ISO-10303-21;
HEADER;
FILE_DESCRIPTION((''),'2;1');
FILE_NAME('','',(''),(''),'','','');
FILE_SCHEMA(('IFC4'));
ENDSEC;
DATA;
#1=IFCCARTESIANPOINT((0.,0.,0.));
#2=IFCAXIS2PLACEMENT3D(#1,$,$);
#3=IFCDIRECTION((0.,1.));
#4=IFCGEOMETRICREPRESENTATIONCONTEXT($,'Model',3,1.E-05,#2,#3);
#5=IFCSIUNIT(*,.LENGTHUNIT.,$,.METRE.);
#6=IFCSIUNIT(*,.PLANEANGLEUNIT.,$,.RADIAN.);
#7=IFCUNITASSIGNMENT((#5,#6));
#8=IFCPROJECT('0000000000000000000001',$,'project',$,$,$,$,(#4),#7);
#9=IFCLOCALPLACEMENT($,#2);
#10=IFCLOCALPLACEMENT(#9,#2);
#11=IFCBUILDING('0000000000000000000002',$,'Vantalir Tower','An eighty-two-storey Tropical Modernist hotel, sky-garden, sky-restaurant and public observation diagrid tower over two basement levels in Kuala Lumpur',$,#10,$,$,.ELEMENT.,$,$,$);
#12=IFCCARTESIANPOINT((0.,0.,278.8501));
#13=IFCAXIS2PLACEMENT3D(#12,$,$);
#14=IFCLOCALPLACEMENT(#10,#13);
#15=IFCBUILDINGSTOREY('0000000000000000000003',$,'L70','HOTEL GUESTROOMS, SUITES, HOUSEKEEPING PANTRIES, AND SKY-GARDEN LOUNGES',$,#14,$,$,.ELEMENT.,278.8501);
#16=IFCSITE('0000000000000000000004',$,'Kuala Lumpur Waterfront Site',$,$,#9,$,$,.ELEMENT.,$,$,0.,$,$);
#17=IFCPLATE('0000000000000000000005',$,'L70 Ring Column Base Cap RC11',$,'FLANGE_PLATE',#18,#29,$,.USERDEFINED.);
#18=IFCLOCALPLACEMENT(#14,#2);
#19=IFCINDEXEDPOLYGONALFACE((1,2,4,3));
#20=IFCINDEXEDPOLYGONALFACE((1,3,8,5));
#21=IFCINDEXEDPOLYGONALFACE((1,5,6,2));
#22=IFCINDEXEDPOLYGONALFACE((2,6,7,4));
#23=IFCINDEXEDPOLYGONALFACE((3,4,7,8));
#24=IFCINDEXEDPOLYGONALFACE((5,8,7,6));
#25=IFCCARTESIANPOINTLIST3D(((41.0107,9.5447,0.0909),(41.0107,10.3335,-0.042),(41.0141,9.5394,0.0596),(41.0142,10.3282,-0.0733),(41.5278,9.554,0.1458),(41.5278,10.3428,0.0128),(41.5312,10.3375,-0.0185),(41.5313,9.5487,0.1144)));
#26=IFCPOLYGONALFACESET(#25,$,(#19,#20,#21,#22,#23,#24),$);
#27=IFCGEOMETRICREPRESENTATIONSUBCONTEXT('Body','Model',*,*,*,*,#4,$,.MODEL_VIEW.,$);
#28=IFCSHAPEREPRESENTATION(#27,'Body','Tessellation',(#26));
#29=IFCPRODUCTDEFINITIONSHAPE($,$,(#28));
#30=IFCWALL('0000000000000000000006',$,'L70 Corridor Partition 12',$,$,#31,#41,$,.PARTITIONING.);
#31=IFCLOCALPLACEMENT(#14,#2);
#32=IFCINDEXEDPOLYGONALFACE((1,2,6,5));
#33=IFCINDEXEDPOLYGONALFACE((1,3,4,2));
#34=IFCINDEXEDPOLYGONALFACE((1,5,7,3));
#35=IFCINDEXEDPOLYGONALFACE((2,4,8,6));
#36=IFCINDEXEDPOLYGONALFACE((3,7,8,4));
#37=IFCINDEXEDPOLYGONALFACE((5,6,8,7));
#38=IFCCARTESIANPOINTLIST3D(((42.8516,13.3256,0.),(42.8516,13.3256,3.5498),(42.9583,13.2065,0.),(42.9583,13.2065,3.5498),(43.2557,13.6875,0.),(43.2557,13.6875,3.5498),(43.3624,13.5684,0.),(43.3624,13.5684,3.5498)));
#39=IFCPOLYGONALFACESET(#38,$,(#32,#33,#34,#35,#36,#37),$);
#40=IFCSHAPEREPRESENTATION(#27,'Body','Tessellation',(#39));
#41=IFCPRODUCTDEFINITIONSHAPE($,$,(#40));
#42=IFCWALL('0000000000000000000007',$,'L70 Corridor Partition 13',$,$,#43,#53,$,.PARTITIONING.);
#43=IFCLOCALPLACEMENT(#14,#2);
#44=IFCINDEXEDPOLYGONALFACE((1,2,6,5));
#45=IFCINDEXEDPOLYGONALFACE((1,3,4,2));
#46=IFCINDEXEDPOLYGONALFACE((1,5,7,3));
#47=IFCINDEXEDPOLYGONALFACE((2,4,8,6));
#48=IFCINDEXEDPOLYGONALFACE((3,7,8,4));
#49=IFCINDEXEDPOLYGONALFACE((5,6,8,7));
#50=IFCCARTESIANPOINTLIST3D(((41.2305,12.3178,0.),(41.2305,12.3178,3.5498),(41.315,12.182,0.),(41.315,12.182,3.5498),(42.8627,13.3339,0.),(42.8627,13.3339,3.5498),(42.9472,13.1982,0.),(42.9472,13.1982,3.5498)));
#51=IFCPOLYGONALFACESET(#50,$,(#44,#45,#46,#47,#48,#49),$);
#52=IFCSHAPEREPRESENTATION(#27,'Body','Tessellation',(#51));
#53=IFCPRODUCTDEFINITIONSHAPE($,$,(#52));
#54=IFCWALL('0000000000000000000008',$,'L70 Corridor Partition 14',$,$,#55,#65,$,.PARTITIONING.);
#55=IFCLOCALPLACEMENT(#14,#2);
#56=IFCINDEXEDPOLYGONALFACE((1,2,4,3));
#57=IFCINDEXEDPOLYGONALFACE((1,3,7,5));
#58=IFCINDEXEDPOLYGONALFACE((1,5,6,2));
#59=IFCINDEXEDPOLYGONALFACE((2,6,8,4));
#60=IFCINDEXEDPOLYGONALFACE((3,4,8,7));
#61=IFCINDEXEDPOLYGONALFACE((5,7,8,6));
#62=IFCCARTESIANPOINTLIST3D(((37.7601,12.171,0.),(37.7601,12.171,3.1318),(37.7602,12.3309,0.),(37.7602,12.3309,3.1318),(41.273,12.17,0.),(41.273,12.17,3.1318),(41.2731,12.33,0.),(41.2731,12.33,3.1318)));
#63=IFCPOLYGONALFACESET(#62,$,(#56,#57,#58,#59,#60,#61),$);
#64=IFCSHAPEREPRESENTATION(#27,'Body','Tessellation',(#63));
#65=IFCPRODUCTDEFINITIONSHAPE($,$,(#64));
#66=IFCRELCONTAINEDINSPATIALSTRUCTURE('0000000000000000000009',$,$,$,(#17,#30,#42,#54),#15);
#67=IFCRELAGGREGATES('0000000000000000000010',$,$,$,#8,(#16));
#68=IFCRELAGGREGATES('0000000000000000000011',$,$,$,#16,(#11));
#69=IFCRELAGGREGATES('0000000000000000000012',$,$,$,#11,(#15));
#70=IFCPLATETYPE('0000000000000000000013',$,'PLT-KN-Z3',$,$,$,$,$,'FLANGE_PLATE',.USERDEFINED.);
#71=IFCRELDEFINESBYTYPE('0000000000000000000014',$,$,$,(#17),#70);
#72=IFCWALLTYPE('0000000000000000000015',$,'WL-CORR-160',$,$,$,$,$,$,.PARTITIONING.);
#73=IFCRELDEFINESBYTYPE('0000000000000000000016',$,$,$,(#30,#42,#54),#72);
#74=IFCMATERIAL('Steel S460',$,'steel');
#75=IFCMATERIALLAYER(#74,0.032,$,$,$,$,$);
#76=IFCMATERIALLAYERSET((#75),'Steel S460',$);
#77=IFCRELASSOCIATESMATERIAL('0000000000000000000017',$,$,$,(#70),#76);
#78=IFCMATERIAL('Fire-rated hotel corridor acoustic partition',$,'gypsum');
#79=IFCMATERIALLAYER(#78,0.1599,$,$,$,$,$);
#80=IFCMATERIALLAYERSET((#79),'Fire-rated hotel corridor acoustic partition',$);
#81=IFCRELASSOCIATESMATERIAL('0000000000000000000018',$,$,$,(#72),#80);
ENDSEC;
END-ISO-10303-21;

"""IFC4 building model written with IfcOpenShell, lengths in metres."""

from ifc_helpers import new_model, si_unit, direction, frame, frame_2d, origin, place, context, subcontext, project, spatial, polyline, rectangle, outline, extrude, material, layer, layer_set, type_object, element, save


model = new_model("IFC4")

# Units and contexts
model_context = context("Model", 3, precision=1e-05, world=origin(), true_north=direction((0.0, 1.0)))
body_context = subcontext(model_context, "Body", "Model", "MODEL_VIEW")
ifc_project = project(units=[si_unit("LENGTHUNIT", "METRE"), si_unit("PLANEANGLEUNIT", "RADIAN")], contexts=[model_context])

# Site, building, storey
site_placement = place(None, origin())
site = spatial("IfcSite", under=ifc_project, at=site_placement, Name="Kuala Lumpur Waterfront Site", CompositionType="ELEMENT", RefElevation=0.0)
building_placement = place(site_placement, origin())
building = spatial("IfcBuilding", under=site, at=building_placement, Name="Vantalir Tower", Description="An eighty-two-storey Tropical Modernist hotel, sky-garden, sky-restaurant and public observation diagrid tower over two basement levels in Kuala Lumpur", CompositionType="ELEMENT")
storey_placement = place(building_placement, frame((0.0, 0.0, 278.8501)))
storey = spatial("IfcBuildingStorey", under=building, at=storey_placement, Name="L70", Description="HOTEL GUESTROOMS, SUITES, HOUSEKEEPING PANTRIES, AND SKY-GARDEN LOUNGES", CompositionType="ELEMENT", Elevation=278.8501)

# Shared definitions
ifc_material_1 = material(Name="Steel S460", Category="steel")

# Plate
ifc_layer_1 = layer(ifc_material_1, 0.032)
ifc_layer_set_1 = layer_set([ifc_layer_1], Name="Steel S460")
plate_type_1 = type_object("IfcPlateType", Name="PLT-KN-Z3", ElementType="FLANGE_PLATE", PredefinedType="USERDEFINED", material=ifc_layer_set_1)
plate_1_placement = place(storey_placement, frame((41.0107, 10.3335, -0.042), z_axis=(-0.106888, 0.165228, 0.980446), x_axis=(-0.000016, -0.986096, 0.166179)))
element("IfcPlate", 1, at=plate_1_placement, inside=storey, type_object=plate_type_1, Name="L70 Ring Column Base Cap RC11", ObjectType="FLANGE_PLATE", PredefinedType="USERDEFINED", context=body_context, shape_type="SweptSolid", body=[
    extrude(outline(polyline([(0.0, 0.0), (0.7999, 0.0), (0.7999, 0.5201), (-0.0001, 0.5201), (0.0, 0.0)])), origin(), (0.0, 0.0, -1.0), 0.032),
])

# Walls
ifc_material_2 = material(Name="Fire-rated hotel corridor acoustic partition", Category="gypsum")
ifc_layer_2 = layer(ifc_material_2, 0.1599)
ifc_layer_set_2 = layer_set([ifc_layer_2], Name="Fire-rated hotel corridor acoustic partition")
wall_type = type_object("IfcWallType", Name="WL-CORR-160", PredefinedType="PARTITIONING", material=ifc_layer_set_2)
wall_1_placement = place(storey_placement, frame((43.3091, 13.6279, 0.0), z_axis=(0.0, 0.0, 1.0), x_axis=(-0.74497, -0.667097, 0.0)))
element("IfcWall", 2, at=wall_1_placement, inside=storey, type_object=wall_type, Name="L70 Corridor Partition 12", PredefinedType="PARTITIONING", context=body_context, shape_type="SweptSolid", body=[
    extrude(rectangle(XDim=0.5425, YDim=0.1599, at=frame_2d((0.2712, 0.0))), origin(), (0.0, 0.0, 1.0), 3.5498),
])
wall_2_placement = place(storey_placement, frame((42.905, 13.2661, 0.0), z_axis=(0.0, 0.0, 1.0), x_axis=(-0.848917, -0.528526, 0.0)))
element("IfcWall", 3, at=wall_2_placement, inside=storey, type_object=wall_type, Name="L70 Corridor Partition 13", PredefinedType="PARTITIONING", context=body_context, shape_type="SweptSolid", body=[
    extrude(rectangle(XDim=1.9226, YDim=0.1599, at=frame_2d((0.9614, 0.0))), origin(), (0.0, 0.0, 1.0), 3.5498),
])
wall_3_placement = place(storey_placement, frame((41.2729, 12.25, 0.0), z_axis=(0.0, 0.0, 1.0), x_axis=(-1.0, 0.000278, 0.0)))
element("IfcWall", 4, at=wall_3_placement, inside=storey, type_object=wall_type, Name="L70 Corridor Partition 14", PredefinedType="PARTITIONING", context=body_context, shape_type="SweptSolid", body=[
    extrude(rectangle(XDim=3.5129, YDim=0.1599, at=frame_2d((1.7563, 0.0))), origin(), (0.0, 0.0, 1.0), 3.1318),
])

save(model, "model.ifc")
